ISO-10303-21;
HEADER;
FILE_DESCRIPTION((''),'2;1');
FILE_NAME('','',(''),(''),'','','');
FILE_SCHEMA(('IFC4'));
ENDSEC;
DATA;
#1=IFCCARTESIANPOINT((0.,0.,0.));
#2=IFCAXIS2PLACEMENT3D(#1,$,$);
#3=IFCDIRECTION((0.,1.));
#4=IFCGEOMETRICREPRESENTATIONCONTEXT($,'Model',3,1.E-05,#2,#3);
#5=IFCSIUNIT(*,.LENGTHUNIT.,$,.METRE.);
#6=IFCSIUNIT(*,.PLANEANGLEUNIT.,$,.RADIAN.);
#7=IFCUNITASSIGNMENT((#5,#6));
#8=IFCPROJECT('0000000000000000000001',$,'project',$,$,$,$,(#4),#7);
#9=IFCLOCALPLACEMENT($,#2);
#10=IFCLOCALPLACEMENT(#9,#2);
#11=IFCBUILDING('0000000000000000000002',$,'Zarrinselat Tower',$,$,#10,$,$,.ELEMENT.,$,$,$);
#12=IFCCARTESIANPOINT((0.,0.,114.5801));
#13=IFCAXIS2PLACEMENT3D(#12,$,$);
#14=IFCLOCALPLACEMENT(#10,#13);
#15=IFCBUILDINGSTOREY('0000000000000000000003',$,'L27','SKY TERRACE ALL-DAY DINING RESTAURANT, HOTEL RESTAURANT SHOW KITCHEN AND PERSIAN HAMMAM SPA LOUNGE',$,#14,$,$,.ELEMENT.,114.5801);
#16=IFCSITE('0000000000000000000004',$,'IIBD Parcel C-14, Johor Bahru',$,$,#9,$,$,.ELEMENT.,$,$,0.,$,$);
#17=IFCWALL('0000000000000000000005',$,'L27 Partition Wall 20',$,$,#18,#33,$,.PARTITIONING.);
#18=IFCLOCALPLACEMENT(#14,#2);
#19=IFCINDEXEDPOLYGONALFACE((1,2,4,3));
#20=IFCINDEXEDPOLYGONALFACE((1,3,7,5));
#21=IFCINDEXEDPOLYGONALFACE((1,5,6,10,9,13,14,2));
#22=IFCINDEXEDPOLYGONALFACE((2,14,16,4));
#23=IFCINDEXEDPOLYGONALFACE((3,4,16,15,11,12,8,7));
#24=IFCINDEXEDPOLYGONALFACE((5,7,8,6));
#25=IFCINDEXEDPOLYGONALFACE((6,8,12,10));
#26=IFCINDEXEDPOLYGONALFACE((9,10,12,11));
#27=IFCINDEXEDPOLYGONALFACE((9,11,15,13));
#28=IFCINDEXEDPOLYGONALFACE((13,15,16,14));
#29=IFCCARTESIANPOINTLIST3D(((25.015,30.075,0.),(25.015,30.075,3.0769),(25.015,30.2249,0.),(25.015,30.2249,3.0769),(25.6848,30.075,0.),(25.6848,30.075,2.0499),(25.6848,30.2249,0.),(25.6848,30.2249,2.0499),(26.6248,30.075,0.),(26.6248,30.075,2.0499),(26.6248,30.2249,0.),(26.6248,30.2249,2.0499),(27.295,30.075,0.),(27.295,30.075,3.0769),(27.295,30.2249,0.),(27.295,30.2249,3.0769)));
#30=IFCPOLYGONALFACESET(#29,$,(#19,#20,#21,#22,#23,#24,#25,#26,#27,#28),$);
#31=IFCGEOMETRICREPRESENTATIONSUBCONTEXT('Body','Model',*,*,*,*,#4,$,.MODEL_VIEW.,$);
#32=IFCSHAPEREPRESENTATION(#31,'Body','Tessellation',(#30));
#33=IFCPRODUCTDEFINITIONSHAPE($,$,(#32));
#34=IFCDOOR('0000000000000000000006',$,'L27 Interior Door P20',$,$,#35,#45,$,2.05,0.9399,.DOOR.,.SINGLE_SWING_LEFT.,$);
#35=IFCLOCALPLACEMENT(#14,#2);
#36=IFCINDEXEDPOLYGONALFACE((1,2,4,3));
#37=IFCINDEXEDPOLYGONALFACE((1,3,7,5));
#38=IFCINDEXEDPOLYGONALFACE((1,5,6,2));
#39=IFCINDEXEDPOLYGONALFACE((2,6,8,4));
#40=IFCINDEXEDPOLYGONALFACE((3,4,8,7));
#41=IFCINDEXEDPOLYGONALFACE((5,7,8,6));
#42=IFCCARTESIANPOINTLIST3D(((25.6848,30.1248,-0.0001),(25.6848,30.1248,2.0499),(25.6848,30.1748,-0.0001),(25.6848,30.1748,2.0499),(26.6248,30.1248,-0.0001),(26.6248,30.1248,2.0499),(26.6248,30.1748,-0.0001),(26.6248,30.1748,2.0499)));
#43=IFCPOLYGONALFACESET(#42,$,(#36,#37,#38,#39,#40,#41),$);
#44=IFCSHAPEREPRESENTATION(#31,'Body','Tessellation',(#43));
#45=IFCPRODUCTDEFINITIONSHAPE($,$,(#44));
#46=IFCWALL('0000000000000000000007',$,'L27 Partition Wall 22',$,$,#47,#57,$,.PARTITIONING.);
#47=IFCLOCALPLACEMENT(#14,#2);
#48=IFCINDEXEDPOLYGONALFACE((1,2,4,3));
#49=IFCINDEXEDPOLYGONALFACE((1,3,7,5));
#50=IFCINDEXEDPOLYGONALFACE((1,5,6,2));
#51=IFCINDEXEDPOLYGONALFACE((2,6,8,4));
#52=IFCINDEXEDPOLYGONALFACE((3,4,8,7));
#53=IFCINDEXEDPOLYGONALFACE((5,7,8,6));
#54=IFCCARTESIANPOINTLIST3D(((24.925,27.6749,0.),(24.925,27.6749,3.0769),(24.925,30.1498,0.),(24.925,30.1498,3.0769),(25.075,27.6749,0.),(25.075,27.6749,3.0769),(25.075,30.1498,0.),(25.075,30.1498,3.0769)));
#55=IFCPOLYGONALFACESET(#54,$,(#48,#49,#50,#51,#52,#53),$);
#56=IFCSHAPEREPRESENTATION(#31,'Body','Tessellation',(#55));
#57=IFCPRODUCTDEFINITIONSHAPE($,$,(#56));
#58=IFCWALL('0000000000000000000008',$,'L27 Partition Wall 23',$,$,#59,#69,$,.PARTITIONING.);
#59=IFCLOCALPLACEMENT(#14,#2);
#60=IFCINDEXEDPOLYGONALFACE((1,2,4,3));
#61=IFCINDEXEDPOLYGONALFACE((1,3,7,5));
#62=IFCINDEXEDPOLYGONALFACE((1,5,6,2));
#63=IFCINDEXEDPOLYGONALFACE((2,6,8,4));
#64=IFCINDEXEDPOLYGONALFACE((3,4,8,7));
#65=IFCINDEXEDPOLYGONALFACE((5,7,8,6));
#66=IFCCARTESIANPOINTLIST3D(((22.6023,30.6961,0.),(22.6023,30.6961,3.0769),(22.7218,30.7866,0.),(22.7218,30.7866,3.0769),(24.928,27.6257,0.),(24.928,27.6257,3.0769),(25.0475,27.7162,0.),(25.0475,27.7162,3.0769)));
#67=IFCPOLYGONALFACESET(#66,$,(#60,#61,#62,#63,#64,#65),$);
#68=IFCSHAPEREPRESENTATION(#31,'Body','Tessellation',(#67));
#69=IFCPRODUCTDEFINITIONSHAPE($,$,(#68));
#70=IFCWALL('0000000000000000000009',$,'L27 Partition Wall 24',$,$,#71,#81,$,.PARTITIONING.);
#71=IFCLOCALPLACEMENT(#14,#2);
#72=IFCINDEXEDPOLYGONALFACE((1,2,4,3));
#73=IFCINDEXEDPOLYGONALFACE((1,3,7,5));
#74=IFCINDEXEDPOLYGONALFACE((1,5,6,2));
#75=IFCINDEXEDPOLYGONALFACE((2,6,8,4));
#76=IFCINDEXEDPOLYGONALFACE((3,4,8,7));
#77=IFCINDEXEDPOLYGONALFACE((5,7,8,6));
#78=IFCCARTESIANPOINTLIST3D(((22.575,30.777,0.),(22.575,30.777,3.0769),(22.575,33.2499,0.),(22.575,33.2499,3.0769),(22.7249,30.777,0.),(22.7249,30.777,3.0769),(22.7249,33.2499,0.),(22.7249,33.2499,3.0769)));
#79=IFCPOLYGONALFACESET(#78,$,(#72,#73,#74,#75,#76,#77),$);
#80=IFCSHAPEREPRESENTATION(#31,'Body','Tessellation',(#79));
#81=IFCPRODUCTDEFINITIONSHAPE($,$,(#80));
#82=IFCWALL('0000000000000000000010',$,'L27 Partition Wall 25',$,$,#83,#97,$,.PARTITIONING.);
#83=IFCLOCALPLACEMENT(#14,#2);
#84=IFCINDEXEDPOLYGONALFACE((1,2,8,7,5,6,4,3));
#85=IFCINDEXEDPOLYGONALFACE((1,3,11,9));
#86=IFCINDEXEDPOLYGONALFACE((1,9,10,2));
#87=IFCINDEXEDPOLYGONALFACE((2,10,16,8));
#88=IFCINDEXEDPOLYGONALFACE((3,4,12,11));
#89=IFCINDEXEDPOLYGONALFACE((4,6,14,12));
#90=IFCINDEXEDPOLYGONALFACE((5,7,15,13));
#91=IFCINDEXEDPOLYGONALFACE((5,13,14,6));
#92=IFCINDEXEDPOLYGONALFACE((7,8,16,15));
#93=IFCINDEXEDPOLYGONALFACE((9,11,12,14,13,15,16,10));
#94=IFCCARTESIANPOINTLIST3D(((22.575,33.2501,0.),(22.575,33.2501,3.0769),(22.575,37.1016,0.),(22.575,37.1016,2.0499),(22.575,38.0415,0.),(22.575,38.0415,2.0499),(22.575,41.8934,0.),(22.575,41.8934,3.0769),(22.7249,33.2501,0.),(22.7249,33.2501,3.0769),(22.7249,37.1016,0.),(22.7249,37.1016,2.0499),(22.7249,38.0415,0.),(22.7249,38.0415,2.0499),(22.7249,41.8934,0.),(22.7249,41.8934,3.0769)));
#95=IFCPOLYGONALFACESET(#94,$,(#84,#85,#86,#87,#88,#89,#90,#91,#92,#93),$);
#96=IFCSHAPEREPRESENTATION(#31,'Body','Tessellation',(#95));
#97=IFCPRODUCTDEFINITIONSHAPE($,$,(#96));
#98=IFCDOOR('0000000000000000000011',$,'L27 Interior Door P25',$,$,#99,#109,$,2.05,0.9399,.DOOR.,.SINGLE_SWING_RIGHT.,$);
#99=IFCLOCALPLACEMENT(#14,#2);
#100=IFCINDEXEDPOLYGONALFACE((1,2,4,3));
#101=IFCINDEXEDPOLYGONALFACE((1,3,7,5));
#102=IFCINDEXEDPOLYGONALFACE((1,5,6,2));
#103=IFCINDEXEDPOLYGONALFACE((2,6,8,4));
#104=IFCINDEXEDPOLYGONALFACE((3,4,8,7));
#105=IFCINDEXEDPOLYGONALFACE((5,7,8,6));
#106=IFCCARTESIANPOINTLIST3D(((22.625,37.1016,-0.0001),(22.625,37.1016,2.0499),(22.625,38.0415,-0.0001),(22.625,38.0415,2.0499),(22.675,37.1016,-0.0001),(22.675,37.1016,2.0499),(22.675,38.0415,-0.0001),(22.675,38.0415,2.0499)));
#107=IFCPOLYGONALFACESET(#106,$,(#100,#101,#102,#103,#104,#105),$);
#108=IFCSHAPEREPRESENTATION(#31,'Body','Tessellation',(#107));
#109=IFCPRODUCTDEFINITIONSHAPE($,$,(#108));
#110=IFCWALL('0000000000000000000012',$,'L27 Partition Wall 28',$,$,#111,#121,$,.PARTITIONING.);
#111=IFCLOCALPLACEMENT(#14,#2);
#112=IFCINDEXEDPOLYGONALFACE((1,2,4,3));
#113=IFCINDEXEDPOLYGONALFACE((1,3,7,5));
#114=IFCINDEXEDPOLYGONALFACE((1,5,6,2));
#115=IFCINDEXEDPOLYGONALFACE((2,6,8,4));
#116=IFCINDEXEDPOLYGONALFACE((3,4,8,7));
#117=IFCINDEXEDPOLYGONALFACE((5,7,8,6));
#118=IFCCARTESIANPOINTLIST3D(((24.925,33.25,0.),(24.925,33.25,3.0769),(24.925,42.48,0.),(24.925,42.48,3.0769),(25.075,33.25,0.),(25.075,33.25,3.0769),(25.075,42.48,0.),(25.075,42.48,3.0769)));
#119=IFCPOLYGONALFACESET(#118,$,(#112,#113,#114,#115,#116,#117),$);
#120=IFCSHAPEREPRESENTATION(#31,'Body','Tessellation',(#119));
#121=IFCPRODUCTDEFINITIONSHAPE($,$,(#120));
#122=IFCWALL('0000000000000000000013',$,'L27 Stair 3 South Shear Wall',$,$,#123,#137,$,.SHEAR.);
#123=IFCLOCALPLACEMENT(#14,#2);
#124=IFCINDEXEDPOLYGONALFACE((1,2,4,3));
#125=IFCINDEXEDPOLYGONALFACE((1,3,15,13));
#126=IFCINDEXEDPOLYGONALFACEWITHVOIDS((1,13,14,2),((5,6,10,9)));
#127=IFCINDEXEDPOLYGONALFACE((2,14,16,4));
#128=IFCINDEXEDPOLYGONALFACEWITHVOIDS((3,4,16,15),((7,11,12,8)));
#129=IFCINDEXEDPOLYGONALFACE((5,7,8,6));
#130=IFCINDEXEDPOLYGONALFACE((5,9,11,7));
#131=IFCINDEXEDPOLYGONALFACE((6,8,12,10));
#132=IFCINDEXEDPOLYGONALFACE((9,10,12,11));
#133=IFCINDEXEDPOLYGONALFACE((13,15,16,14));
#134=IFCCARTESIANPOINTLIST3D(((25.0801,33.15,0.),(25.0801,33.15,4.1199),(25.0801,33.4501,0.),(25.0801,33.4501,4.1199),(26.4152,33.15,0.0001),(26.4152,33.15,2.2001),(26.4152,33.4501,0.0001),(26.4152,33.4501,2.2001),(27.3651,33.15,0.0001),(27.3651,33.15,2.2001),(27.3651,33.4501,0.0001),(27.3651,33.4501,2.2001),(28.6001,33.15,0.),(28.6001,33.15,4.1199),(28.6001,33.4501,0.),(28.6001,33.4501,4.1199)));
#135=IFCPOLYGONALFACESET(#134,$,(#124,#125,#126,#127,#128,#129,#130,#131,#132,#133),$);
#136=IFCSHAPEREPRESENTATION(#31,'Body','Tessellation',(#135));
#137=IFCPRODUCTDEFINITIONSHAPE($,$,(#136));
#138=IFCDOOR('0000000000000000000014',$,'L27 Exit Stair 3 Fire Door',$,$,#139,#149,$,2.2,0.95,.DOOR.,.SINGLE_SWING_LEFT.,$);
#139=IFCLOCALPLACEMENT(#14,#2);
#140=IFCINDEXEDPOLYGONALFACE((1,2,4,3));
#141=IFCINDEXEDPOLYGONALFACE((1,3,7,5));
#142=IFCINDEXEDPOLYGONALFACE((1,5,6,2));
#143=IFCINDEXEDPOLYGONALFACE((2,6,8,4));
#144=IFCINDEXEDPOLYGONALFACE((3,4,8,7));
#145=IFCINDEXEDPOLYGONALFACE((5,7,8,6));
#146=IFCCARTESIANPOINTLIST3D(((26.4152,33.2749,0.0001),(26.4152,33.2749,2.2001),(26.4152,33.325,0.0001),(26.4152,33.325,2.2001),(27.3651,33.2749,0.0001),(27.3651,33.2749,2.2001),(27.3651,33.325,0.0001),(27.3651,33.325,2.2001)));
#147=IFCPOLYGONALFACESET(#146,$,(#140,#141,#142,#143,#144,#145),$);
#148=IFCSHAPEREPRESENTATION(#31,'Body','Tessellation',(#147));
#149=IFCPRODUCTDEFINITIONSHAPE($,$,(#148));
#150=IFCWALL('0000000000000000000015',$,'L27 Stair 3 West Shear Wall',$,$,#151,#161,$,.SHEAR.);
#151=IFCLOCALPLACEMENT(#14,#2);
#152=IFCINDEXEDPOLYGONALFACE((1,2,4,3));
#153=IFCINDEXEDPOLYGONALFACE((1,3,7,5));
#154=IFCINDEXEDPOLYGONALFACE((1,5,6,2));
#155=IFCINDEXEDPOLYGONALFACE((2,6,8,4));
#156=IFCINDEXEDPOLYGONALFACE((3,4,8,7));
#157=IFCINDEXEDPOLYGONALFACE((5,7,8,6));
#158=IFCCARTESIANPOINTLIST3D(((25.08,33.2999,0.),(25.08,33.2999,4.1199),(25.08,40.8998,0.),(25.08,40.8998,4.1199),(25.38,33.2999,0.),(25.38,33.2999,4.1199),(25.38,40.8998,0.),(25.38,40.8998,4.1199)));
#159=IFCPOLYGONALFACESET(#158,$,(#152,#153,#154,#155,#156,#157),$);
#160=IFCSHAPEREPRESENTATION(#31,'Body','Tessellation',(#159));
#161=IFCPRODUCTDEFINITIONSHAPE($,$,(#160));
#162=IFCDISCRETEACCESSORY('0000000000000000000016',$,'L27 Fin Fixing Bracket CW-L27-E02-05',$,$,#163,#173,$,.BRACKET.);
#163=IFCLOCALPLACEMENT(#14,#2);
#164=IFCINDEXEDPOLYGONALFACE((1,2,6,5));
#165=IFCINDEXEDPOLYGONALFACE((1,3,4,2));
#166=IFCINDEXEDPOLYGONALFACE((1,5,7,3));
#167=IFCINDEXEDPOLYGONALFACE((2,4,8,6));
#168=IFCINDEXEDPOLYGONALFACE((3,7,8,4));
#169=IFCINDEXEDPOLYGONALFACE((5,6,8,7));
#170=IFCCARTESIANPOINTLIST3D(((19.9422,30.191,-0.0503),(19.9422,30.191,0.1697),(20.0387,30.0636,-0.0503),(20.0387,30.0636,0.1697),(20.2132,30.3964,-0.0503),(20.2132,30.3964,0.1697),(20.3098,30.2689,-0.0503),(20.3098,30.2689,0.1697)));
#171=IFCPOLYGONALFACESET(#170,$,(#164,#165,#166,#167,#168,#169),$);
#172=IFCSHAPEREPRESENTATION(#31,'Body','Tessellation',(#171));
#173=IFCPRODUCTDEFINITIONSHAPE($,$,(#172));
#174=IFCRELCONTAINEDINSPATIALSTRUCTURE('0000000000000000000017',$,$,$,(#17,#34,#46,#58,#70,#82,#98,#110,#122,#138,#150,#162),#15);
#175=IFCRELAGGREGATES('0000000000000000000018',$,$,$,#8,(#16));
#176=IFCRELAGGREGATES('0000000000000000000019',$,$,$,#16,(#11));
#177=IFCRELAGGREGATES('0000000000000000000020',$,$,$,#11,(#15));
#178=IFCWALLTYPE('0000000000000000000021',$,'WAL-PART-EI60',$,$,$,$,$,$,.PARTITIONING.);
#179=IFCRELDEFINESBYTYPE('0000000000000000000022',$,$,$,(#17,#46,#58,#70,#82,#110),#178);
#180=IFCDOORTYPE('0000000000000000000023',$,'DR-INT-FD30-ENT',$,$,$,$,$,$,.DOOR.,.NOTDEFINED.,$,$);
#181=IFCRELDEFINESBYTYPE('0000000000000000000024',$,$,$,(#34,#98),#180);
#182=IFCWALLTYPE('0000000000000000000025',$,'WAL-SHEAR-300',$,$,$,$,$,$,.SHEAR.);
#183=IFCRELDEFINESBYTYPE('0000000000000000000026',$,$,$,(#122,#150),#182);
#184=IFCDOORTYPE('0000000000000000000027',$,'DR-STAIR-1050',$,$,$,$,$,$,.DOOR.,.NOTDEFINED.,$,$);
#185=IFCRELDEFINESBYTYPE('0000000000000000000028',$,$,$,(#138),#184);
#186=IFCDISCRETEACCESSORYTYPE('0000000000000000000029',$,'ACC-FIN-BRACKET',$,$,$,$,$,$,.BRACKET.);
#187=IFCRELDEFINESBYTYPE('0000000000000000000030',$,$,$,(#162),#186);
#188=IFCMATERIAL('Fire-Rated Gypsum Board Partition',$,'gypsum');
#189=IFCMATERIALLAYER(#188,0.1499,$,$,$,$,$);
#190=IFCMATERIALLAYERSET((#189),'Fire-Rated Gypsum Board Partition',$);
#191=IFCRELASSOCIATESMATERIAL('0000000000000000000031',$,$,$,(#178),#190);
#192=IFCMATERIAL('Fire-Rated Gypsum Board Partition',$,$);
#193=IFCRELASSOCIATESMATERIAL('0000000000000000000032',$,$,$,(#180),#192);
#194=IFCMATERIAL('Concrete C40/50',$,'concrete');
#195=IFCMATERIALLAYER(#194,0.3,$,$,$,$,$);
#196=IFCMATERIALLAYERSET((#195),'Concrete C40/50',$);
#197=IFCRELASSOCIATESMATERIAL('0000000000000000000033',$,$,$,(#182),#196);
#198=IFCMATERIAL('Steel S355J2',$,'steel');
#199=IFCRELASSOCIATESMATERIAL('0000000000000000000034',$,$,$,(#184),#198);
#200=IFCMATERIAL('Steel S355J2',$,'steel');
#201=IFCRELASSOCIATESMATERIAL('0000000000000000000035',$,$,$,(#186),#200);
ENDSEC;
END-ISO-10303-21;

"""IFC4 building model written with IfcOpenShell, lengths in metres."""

from ifc_helpers import new_model, si_unit, direction, frame, frame_2d, origin, origin_2d, place, context, subcontext, project, spatial, rectangle, extrude, material, layer, layer_set, type_object, element, fill, save


model = new_model("IFC4")

# Units and contexts
model_context = context("Model", 3, precision=1e-05, world=origin(), true_north=direction((0.0, 1.0)))
body_context = subcontext(model_context, "Body", "Model", "MODEL_VIEW")
ifc_project = project(units=[si_unit("LENGTHUNIT", "METRE"), si_unit("PLANEANGLEUNIT", "RADIAN")], contexts=[model_context])

# Site, building, storey
site_placement = place(None, origin())
site = spatial("IfcSite", under=ifc_project, at=site_placement, Name="IIBD Parcel C-14, Johor Bahru", CompositionType="ELEMENT", RefElevation=0.0)
building_placement = place(site_placement, origin())
building = spatial("IfcBuilding", under=site, at=building_placement, Name="Zarrinselat Tower", CompositionType="ELEMENT")
storey_placement = place(building_placement, frame((0.0, 0.0, 114.5801)))
storey = spatial("IfcBuildingStorey", under=building, at=storey_placement, Name="L27", Description="SKY TERRACE ALL-DAY DINING RESTAURANT, HOTEL RESTAURANT SHOW KITCHEN AND PERSIAN HAMMAM SPA LOUNGE", CompositionType="ELEMENT", Elevation=114.5801)

# Wall, opening, door
ifc_material_1 = material(Name="Fire-Rated Gypsum Board Partition", Category="gypsum")
ifc_layer_1 = layer(ifc_material_1, 0.1499)
ifc_layer_set_1 = layer_set([ifc_layer_1], Name="Fire-Rated Gypsum Board Partition")
wall_type_1 = type_object("IfcWallType", Name="WAL-PART-EI60", PredefinedType="PARTITIONING", material=ifc_layer_set_1)
wall_1_placement = place(storey_placement, frame((25.0149, 30.1499, 0.0), z_axis=(0.0, 0.0, 1.0), x_axis=(1.0, 0.0, 0.0)))
wall_1 = element("IfcWall", 1, at=wall_1_placement, inside=storey, type_object=wall_type_1, Name="L27 Partition Wall 20", PredefinedType="PARTITIONING", context=body_context, shape_type="SweptSolid", body=[
    extrude(rectangle(XDim=2.28, YDim=0.1499, at=frame_2d((1.1401, 0.0))), origin(), (0.0, 0.0, 1.0), 3.0769),
])
opening_1_placement = place(wall_1_placement, frame((0.6699, 0.0, 0.0)))
opening_1 = element("IfcOpeningElement", 2, at=opening_1_placement, cuts=wall_1, PredefinedType="OPENING", context=body_context, shape_type="SweptSolid", body=[
    extrude(rectangle(XDim=0.9399, YDim=2.05, at=frame_2d((0.47, 1.0249))), frame((0.0, 0.085, 0.0), z_axis=(0.0, -1.0, 0.0), x_axis=(1.0, 0.0, 0.0)), (0.0, 0.0, 1.0), 0.1699),
])
ifc_material_2 = material(Name="Fire-Rated Gypsum Board Partition")
door_type_1 = type_object("IfcDoorType", Name="DR-INT-FD30-ENT", OperationType="NOTDEFINED", PredefinedType="DOOR", material=ifc_material_2)
door_1_placement = place(opening_1_placement, origin())
door_1 = element("IfcDoor", 3, at=door_1_placement, inside=storey, type_object=door_type_1, Name="L27 Interior Door P20", OperationType="SINGLE_SWING_LEFT", OverallHeight=2.05, OverallWidth=0.9399, PredefinedType="DOOR", context=body_context, shape_type="SweptSolid", body=[
    extrude(rectangle(XDim=0.9399, YDim=2.05, at=frame_2d((0.47, 1.0249))), frame((0.0, 0.0249, 0.0), z_axis=(0.0, -1.0, 0.0), x_axis=(1.0, 0.0, 0.0)), (0.0, 0.0, 1.0), 0.05),
])
fill(opening_1, door_1)

# Walls
wall_2_placement = place(storey_placement, frame((25.0, 27.675, 0.0), z_axis=(0.0, 0.0, 1.0), x_axis=(0.0, 1.0, 0.0)))
element("IfcWall", 4, at=wall_2_placement, inside=storey, type_object=wall_type_1, Name="L27 Partition Wall 22", PredefinedType="PARTITIONING", context=body_context, shape_type="SweptSolid", body=[
    extrude(rectangle(XDim=2.4749, YDim=0.1499, at=frame_2d((1.2373, 0.0))), origin(), (0.0, 0.0, 1.0), 3.0769),
])
wall_3_placement = place(storey_placement, frame((22.6621, 30.7412, 0.0), z_axis=(0.0, 0.0, 1.0), x_axis=(0.603806, -0.797131, 0.0)))
element("IfcWall", 5, at=wall_3_placement, inside=storey, type_object=wall_type_1, Name="L27 Partition Wall 23", PredefinedType="PARTITIONING", context=body_context, shape_type="SweptSolid", body=[
    extrude(rectangle(XDim=3.8518, YDim=0.1499, at=frame_2d((1.9258, 0.0))), origin(), (0.0, 0.0, 1.0), 3.0769),
])
wall_4_placement = place(storey_placement, frame((22.6499, 30.7771, 0.0), z_axis=(0.0, 0.0, 1.0), x_axis=(0.0, 1.0, 0.0)))
element("IfcWall", 6, at=wall_4_placement, inside=storey, type_object=wall_type_1, Name="L27 Partition Wall 24", PredefinedType="PARTITIONING", context=body_context, shape_type="SweptSolid", body=[
    extrude(rectangle(XDim=2.4729, YDim=0.1499, at=frame_2d((1.2363, 0.0))), origin(), (0.0, 0.0, 1.0), 3.0769),
])

# Wall, opening, door
wall_5_placement = place(storey_placement, frame((22.6499, 33.25, 0.0), z_axis=(0.0, 0.0, 1.0), x_axis=(0.0, 1.0, 0.0)))
wall_5 = element("IfcWall", 7, at=wall_5_placement, inside=storey, type_object=wall_type_1, Name="L27 Partition Wall 25", PredefinedType="PARTITIONING", context=body_context, shape_type="SweptSolid", body=[
    extrude(rectangle(XDim=8.6433, YDim=0.1499, at=frame_2d((4.3218, 0.0))), origin(), (0.0, 0.0, 1.0), 3.0769),
])
opening_2_placement = place(wall_5_placement, frame((3.8516, 0.0, 0.0)))
opening_2 = element("IfcOpeningElement", 8, at=opening_2_placement, cuts=wall_5, PredefinedType="OPENING", context=body_context, shape_type="SweptSolid", body=[
    extrude(rectangle(XDim=0.9399, YDim=2.05, at=frame_2d((0.47, 1.0249))), frame((0.0, 0.085, 0.0), z_axis=(0.0, -1.0, 0.0), x_axis=(1.0, 0.0, 0.0)), (0.0, 0.0, 1.0), 0.1699),
])
door_2_placement = place(opening_2_placement, origin())
door_2 = element("IfcDoor", 9, at=door_2_placement, inside=storey, type_object=door_type_1, Name="L27 Interior Door P25", OperationType="SINGLE_SWING_RIGHT", OverallHeight=2.05, OverallWidth=0.9399, PredefinedType="DOOR", context=body_context, shape_type="SweptSolid", body=[
    extrude(rectangle(XDim=0.9399, YDim=2.05, at=frame_2d((0.47, 1.0249))), frame((0.0, 0.0249, 0.0), z_axis=(0.0, -1.0, 0.0), x_axis=(1.0, 0.0, 0.0)), (0.0, 0.0, 1.0), 0.05),
])
fill(opening_2, door_2)

# Wall
wall_6_placement = place(storey_placement, frame((25.0, 33.25, 0.0), z_axis=(0.0, 0.0, 1.0), x_axis=(0.0, 1.0, 0.0)))
element("IfcWall", 10, at=wall_6_placement, inside=storey, type_object=wall_type_1, Name="L27 Partition Wall 28", PredefinedType="PARTITIONING", context=body_context, shape_type="SweptSolid", body=[
    extrude(rectangle(XDim=9.23, YDim=0.1499, at=frame_2d((4.615, 0.0))), origin(), (0.0, 0.0, 1.0), 3.0769),
])

# Wall, opening, door
ifc_material_3 = material(Name="Concrete C40/50", Category="concrete")
ifc_layer_2 = layer(ifc_material_3, 0.3)
ifc_layer_set_2 = layer_set([ifc_layer_2], Name="Concrete C40/50")
wall_type_2 = type_object("IfcWallType", Name="WAL-SHEAR-300", PredefinedType="SHEAR", material=ifc_layer_set_2)
wall_7_placement = place(storey_placement, frame((25.0801, 33.3, 0.0), z_axis=(0.0, 0.0, 1.0), x_axis=(1.0, 0.0, 0.0)))
wall_7 = element("IfcWall", 11, at=wall_7_placement, inside=storey, type_object=wall_type_2, Name="L27 Stair 3 South Shear Wall", PredefinedType="SHEAR", context=body_context, shape_type="SweptSolid", body=[
    extrude(rectangle(XDim=3.52, YDim=0.3, at=frame_2d((1.76, 0.0))), origin(), (0.0, 0.0, 1.0), 4.1199),
])
opening_3_placement = place(wall_7_placement, frame((1.335, 0.0, 0.0)))
opening_3 = element("IfcOpeningElement", 12, at=opening_3_placement, cuts=wall_7, PredefinedType="OPENING", context=body_context, shape_type="SweptSolid", body=[
    extrude(rectangle(XDim=0.95, YDim=2.2, at=frame_2d((0.4751, 1.1001))), frame((0.0, 0.1599, 0.0), z_axis=(0.0, -1.0, 0.0), x_axis=(1.0, 0.0, 0.0)), (0.0, 0.0, 1.0), 0.3201),
])
ifc_material_4 = material(Name="Steel S355J2", Category="steel")
door_type_2 = type_object("IfcDoorType", Name="DR-STAIR-1050", OperationType="NOTDEFINED", PredefinedType="DOOR", material=ifc_material_4)
door_3_placement = place(opening_3_placement, origin())
door_3 = element("IfcDoor", 13, at=door_3_placement, inside=storey, type_object=door_type_2, Name="L27 Exit Stair 3 Fire Door", OperationType="SINGLE_SWING_LEFT", OverallHeight=2.2, OverallWidth=0.95, PredefinedType="DOOR", context=body_context, shape_type="SweptSolid", body=[
    extrude(rectangle(XDim=0.95, YDim=2.2, at=frame_2d((0.4751, 1.1001))), frame((0.0, 0.0249, 0.0), z_axis=(0.0, -1.0, 0.0), x_axis=(1.0, 0.0, 0.0)), (0.0, 0.0, 1.0), 0.05),
])
fill(opening_3, door_3)

# Wall
wall_8_placement = place(storey_placement, frame((25.23, 33.3, 0.0), z_axis=(0.0, 0.0, 1.0), x_axis=(0.0, 1.0, 0.0)))
element("IfcWall", 14, at=wall_8_placement, inside=storey, type_object=wall_type_2, Name="L27 Stair 3 West Shear Wall", PredefinedType="SHEAR", context=body_context, shape_type="SweptSolid", body=[
    extrude(rectangle(XDim=7.5999, YDim=0.3, at=frame_2d((3.7998, 0.0))), origin(), (0.0, 0.0, 1.0), 4.1199),
])

# Discrete accessory
ifc_material_5 = material(Name="Steel S355J2", Category="steel")
discrete_accessory_type = type_object("IfcDiscreteAccessoryType", Name="ACC-FIN-BRACKET", PredefinedType="BRACKET", material=ifc_material_5)
discrete_accessory_placement = place(storey_placement, frame((20.126, 30.23, -0.0503), z_axis=(0.0, 0.0, 1.0), x_axis=(-0.797092, -0.603858, 0.0)))
element("IfcDiscreteAccessory", 15, at=discrete_accessory_placement, inside=storey, type_object=discrete_accessory_type, Name="L27 Fin Fixing Bracket CW-L27-E02-05", PredefinedType="BRACKET", context=body_context, shape_type="SweptSolid", body=[
    extrude(rectangle(XDim=0.3401, YDim=0.1599, at=origin_2d()), origin(), (0.0, 0.0, 1.0), 0.22),
])

save(model, "model.ifc")
